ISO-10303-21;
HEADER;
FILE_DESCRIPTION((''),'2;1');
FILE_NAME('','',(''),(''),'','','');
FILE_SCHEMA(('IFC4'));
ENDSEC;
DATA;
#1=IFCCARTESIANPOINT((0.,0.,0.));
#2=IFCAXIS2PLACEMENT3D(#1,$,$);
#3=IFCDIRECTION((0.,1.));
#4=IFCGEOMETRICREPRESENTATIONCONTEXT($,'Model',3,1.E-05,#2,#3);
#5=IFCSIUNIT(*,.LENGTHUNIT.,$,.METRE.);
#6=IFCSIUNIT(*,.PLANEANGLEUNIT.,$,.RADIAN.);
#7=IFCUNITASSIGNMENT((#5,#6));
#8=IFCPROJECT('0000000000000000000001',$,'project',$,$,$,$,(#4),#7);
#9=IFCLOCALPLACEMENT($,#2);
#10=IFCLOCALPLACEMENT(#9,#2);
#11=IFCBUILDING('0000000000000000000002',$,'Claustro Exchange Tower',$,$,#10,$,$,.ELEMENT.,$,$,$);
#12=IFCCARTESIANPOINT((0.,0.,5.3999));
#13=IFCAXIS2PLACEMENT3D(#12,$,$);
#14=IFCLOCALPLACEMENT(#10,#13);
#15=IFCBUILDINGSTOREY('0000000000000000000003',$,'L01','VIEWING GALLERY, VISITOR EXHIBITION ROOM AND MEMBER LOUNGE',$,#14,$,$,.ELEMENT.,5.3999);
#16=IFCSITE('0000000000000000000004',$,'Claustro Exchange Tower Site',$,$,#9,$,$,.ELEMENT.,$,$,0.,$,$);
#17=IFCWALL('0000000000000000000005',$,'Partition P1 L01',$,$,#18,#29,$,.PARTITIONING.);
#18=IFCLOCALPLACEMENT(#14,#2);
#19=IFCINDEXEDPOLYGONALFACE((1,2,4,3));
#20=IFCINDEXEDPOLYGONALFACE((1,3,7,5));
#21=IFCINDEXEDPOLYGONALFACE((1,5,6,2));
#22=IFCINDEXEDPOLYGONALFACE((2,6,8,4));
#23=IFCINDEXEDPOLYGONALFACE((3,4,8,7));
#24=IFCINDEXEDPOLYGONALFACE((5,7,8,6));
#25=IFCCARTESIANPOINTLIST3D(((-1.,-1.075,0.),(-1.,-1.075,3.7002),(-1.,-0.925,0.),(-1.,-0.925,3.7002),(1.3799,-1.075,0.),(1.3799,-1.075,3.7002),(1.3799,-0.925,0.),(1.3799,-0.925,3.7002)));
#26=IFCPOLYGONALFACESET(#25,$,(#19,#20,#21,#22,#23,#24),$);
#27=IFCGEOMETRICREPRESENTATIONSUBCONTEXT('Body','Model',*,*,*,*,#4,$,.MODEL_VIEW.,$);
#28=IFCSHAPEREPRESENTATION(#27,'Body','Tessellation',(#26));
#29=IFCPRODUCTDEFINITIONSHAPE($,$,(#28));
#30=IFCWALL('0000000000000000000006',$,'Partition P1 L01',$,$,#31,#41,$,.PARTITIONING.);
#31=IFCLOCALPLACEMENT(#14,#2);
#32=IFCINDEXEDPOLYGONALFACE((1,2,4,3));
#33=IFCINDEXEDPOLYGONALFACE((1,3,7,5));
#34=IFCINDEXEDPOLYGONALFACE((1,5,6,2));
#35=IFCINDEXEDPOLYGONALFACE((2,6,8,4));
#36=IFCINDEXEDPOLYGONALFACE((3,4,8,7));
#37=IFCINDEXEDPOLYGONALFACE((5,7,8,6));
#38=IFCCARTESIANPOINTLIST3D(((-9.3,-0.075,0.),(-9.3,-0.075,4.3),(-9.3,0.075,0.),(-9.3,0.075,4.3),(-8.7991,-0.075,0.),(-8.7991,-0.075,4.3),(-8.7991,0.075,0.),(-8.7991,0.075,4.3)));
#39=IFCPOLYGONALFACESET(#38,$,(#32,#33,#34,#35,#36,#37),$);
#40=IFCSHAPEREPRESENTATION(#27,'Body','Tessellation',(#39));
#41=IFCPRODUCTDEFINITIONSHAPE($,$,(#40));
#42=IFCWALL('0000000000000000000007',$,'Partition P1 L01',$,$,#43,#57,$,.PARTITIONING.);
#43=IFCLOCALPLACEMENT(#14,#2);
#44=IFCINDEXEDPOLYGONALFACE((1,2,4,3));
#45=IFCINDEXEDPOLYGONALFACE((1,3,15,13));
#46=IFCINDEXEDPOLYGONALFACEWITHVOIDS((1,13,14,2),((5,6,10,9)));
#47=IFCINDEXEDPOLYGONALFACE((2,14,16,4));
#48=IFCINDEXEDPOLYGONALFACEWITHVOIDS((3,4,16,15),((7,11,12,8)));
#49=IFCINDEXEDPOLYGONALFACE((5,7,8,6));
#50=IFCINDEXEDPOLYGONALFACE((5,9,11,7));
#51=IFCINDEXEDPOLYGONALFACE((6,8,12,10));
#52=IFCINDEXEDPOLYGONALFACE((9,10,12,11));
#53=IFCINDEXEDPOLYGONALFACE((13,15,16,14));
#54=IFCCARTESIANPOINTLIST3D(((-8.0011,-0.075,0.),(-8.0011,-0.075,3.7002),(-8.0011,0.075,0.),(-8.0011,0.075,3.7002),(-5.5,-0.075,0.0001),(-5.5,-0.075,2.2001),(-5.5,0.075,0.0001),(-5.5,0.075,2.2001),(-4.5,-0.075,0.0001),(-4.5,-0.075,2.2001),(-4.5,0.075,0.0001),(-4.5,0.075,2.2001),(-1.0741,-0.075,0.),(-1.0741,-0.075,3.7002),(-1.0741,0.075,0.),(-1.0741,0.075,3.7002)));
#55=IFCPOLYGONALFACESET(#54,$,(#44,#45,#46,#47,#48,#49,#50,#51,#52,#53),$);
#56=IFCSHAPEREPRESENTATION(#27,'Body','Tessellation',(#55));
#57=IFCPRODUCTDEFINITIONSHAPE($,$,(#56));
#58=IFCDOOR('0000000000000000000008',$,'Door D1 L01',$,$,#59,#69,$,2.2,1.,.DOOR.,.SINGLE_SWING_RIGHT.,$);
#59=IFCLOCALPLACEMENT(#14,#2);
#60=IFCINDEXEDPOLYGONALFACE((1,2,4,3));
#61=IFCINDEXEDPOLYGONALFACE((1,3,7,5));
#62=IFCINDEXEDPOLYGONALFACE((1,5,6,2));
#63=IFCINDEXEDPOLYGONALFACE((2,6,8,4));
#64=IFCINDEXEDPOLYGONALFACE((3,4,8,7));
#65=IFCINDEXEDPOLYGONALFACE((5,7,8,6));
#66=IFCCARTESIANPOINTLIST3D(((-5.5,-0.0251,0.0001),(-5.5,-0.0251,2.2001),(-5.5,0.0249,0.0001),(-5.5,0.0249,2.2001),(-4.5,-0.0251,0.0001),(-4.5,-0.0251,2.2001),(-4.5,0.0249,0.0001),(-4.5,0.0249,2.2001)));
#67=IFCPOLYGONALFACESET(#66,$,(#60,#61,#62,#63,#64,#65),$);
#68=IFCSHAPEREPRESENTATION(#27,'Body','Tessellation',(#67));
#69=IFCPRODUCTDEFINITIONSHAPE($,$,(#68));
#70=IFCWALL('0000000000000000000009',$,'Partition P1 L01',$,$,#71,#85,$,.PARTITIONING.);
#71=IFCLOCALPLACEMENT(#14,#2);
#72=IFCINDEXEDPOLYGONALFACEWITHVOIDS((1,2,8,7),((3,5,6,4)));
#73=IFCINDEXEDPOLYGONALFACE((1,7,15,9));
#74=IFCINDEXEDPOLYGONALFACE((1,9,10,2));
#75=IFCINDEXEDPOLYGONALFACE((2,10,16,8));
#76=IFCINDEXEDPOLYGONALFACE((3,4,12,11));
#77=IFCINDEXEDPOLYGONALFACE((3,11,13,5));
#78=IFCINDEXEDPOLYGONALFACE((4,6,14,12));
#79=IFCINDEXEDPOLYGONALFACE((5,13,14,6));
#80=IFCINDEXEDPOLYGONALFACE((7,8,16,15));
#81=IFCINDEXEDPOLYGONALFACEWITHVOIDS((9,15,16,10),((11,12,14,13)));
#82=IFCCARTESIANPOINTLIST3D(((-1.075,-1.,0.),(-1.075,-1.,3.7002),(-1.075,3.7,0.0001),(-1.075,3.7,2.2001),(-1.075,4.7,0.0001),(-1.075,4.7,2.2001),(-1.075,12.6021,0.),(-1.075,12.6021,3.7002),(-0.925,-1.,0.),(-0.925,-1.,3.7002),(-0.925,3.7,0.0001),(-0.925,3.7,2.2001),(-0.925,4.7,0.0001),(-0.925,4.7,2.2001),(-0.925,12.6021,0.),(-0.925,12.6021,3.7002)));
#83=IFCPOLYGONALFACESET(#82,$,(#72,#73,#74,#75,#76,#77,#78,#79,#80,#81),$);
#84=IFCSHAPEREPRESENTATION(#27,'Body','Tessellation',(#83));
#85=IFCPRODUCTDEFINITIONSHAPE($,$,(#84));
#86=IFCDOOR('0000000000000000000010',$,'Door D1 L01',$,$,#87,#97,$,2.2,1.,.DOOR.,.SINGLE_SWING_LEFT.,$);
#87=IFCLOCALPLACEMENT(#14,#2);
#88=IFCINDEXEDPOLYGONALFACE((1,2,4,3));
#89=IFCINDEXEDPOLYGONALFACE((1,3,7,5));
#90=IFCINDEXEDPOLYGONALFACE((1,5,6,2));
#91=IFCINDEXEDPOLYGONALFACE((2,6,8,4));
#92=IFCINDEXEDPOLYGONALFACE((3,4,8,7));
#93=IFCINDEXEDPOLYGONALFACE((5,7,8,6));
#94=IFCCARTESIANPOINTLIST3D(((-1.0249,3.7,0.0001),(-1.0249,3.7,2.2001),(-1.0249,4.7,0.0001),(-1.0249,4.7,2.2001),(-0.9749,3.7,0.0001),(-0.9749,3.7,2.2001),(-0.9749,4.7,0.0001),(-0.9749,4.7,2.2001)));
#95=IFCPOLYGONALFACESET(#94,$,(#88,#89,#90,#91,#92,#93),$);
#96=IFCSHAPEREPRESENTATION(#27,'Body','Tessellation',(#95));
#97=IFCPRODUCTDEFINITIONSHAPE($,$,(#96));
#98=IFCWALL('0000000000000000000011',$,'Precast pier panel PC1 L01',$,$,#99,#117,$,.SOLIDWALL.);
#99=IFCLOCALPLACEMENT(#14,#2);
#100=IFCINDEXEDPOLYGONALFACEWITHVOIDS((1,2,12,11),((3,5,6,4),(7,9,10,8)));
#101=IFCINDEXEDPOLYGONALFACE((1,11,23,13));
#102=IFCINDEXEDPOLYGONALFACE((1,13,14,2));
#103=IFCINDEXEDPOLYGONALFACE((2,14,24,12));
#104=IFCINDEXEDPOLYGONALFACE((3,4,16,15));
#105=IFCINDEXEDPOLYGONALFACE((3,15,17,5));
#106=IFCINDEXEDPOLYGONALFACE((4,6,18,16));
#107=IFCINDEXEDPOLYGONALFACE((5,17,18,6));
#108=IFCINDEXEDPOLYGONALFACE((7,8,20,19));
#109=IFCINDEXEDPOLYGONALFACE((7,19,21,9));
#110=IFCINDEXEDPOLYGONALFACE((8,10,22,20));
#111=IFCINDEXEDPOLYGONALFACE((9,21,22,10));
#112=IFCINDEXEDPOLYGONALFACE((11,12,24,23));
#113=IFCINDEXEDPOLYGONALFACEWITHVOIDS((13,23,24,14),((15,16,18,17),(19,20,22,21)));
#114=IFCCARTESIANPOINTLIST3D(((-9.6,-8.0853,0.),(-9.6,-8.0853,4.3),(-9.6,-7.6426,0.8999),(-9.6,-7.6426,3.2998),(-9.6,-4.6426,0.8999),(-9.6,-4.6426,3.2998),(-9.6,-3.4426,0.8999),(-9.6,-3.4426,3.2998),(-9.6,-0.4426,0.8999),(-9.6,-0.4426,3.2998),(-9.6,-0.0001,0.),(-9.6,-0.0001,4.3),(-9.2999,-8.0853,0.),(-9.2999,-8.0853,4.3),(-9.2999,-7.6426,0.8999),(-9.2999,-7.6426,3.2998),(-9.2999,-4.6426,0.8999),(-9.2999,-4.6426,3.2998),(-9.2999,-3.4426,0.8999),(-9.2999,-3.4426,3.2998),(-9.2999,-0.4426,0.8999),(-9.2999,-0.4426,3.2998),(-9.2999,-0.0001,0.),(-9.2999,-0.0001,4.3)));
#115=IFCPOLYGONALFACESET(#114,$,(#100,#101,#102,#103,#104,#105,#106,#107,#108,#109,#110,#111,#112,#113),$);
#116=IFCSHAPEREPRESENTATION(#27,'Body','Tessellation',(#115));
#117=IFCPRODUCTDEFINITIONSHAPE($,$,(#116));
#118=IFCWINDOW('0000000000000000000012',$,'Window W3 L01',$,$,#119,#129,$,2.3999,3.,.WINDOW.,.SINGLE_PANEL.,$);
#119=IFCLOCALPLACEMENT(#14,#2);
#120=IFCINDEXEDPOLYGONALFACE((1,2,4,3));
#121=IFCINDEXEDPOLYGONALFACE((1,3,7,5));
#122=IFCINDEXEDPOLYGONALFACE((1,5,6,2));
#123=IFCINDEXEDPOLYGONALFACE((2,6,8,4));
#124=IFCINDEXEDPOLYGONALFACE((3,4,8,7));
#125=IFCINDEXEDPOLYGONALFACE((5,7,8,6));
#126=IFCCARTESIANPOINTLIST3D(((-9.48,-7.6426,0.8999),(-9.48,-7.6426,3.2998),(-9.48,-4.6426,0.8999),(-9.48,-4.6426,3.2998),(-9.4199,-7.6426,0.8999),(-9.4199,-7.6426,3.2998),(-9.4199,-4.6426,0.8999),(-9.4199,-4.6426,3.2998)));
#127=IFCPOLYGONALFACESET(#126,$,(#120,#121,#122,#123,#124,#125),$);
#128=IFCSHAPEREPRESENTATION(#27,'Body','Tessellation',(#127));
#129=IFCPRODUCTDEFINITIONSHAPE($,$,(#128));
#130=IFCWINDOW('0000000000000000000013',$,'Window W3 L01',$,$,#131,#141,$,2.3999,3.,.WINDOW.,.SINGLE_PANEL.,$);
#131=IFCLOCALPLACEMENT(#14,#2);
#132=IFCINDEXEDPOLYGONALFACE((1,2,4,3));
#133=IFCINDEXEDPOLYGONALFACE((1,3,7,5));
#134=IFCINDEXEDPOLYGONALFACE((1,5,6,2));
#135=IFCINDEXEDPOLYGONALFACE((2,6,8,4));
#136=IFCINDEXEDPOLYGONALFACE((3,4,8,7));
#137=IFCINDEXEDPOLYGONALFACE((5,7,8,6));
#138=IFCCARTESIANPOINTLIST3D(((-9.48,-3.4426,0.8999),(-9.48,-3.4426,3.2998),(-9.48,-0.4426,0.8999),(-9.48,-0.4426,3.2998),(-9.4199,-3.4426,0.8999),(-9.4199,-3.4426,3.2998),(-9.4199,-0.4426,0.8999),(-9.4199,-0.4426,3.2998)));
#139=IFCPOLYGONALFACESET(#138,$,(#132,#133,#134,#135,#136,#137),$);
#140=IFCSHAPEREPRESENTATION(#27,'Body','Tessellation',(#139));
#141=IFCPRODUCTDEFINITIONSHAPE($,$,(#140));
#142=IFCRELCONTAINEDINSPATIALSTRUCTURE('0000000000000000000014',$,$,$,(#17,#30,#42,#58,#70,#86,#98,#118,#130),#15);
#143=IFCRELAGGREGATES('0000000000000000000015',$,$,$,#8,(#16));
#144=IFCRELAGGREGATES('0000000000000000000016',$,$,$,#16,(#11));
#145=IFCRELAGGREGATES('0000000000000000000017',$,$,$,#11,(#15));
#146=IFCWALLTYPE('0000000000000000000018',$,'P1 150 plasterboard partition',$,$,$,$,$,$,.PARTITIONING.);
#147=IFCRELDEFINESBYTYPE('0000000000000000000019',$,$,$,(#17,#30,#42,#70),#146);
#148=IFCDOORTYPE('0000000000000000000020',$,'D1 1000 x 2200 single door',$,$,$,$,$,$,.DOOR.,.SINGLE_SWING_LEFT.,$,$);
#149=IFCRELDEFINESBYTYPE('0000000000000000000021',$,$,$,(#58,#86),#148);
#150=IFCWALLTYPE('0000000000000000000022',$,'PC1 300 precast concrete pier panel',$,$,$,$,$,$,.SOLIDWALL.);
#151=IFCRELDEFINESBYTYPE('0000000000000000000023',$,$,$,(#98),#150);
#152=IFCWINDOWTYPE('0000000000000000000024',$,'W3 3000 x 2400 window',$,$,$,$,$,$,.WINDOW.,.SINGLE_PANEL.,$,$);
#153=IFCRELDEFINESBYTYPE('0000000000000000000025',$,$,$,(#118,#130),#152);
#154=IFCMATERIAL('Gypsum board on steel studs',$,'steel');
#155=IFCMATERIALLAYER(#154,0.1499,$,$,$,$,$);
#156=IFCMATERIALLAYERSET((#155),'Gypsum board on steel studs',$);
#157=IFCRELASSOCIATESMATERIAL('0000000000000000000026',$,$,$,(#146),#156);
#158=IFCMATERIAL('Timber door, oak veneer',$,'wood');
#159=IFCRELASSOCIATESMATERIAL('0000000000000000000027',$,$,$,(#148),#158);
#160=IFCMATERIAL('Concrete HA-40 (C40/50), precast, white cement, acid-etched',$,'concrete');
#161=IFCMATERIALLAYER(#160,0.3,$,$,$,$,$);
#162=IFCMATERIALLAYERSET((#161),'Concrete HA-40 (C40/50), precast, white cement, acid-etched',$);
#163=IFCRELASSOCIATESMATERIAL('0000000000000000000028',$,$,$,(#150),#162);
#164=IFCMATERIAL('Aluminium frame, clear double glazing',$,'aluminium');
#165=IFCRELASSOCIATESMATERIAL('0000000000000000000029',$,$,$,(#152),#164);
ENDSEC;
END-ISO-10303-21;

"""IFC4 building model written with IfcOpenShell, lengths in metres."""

from ifc_helpers import new_model, si_unit, direction, frame, frame_2d, origin, place, context, subcontext, project, spatial, rectangle, extrude, material, layer, layer_set, type_object, element, fill, save


model = new_model("IFC4")

# Units and contexts
model_context = context("Model", 3, precision=1e-05, world=origin(), true_north=direction((0.0, 1.0)))
body_context = subcontext(model_context, "Body", "Model", "MODEL_VIEW")
ifc_project = project(units=[si_unit("LENGTHUNIT", "METRE"), si_unit("PLANEANGLEUNIT", "RADIAN")], contexts=[model_context])

# Site, building, storey
site_placement = place(None, origin())
site = spatial("IfcSite", under=ifc_project, at=site_placement, Name="Claustro Exchange Tower Site", CompositionType="ELEMENT", RefElevation=0.0)
building_placement = place(site_placement, origin())
building = spatial("IfcBuilding", under=site, at=building_placement, Name="Claustro Exchange Tower", CompositionType="ELEMENT")
storey_placement = place(building_placement, frame((0.0, 0.0, 5.3999)))
storey = spatial("IfcBuildingStorey", under=building, at=storey_placement, Name="L01", Description="VIEWING GALLERY, VISITOR EXHIBITION ROOM AND MEMBER LOUNGE", CompositionType="ELEMENT", Elevation=5.3999)

# Walls
ifc_material_1 = material(Name="Gypsum board on steel studs", Category="steel")
ifc_layer_1 = layer(ifc_material_1, 0.1499)
ifc_layer_set_1 = layer_set([ifc_layer_1], Name="Gypsum board on steel studs")
wall_type_1 = type_object("IfcWallType", Name="P1 150 plasterboard partition", PredefinedType="PARTITIONING", material=ifc_layer_set_1)
wall_1_placement = place(storey_placement, frame((-1.0, -1.0, 0.0), z_axis=(0.0, 0.0, 1.0), x_axis=(1.0, 0.0, 0.0)))
element("IfcWall", 1, at=wall_1_placement, inside=storey, type_object=wall_type_1, Name="Partition P1 L01", PredefinedType="PARTITIONING", context=body_context, shape_type="SweptSolid", body=[
    extrude(rectangle(XDim=2.3799, YDim=0.1499, at=frame_2d((1.1899, 0.0))), origin(), (0.0, 0.0, 1.0), 3.7002),
])
wall_2_placement = place(storey_placement, frame((-9.3, 0.0, 0.0), z_axis=(0.0, 0.0, 1.0), x_axis=(1.0, 0.0, 0.0)))
element("IfcWall", 2, at=wall_2_placement, inside=storey, type_object=wall_type_1, Name="Partition P1 L01", PredefinedType="PARTITIONING", context=body_context, shape_type="SweptSolid", body=[
    extrude(rectangle(XDim=0.501, YDim=0.1499, at=frame_2d((0.2505, 0.0))), origin(), (0.0, 0.0, 1.0), 4.3),
])

# Walls, openings, doors
wall_3_placement = place(storey_placement, frame((-8.001, 0.0, 0.0), z_axis=(0.0, 0.0, 1.0), x_axis=(1.0, 0.0, 0.0)))
wall_3 = element("IfcWall", 3, at=wall_3_placement, inside=storey, type_object=wall_type_1, Name="Partition P1 L01", PredefinedType="PARTITIONING", context=body_context, shape_type="SweptSolid", body=[
    extrude(rectangle(XDim=6.927, YDim=0.1499, at=frame_2d((3.4634, 0.0))), origin(), (0.0, 0.0, 1.0), 3.7002),
])
opening_1_placement = place(wall_3_placement, frame((2.501, 0.0, 0.0)))
opening_1 = element("IfcOpeningElement", 4, at=opening_1_placement, cuts=wall_3, PredefinedType="OPENING", context=body_context, shape_type="SweptSolid", body=[
    extrude(rectangle(XDim=1.0, YDim=2.2, at=frame_2d((0.5, 1.1001))), frame((0.0, 0.085, 0.0), z_axis=(0.0, -1.0, 0.0), x_axis=(1.0, 0.0, 0.0)), (0.0, 0.0, 1.0), 0.1699),
])
ifc_material_2 = material(Name="Timber door, oak veneer", Category="wood")
door_type = type_object("IfcDoorType", Name="D1 1000 x 2200 single door", OperationType="SINGLE_SWING_LEFT", PredefinedType="DOOR", material=ifc_material_2)
door_1_placement = place(opening_1_placement, origin())
door_1 = element("IfcDoor", 5, at=door_1_placement, inside=storey, type_object=door_type, Name="Door D1 L01", OperationType="SINGLE_SWING_RIGHT", OverallHeight=2.2, OverallWidth=1.0, PredefinedType="DOOR", context=body_context, shape_type="SweptSolid", body=[
    extrude(rectangle(XDim=1.0, YDim=2.2, at=frame_2d((0.5, 1.1001))), frame((0.0, 0.0249, 0.0), z_axis=(0.0, -1.0, 0.0), x_axis=(1.0, 0.0, 0.0)), (0.0, 0.0, 1.0), 0.05),
])
fill(opening_1, door_1)
wall_4_placement = place(storey_placement, frame((-1.0, -1.0, 0.0), z_axis=(0.0, 0.0, 1.0), x_axis=(0.0, 1.0, 0.0)))
wall_4 = element("IfcWall", 6, at=wall_4_placement, inside=storey, type_object=wall_type_1, Name="Partition P1 L01", PredefinedType="PARTITIONING", context=body_context, shape_type="SweptSolid", body=[
    extrude(rectangle(XDim=13.6021, YDim=0.1499, at=frame_2d((6.801, 0.0))), origin(), (0.0, 0.0, 1.0), 3.7002),
])
opening_2_placement = place(wall_4_placement, frame((4.7, 0.0, 0.0)))
opening_2 = element("IfcOpeningElement", 7, at=opening_2_placement, cuts=wall_4, PredefinedType="OPENING", context=body_context, shape_type="SweptSolid", body=[
    extrude(rectangle(XDim=1.0, YDim=2.2, at=frame_2d((0.5, 1.1001))), frame((0.0, 0.085, 0.0), z_axis=(0.0, -1.0, 0.0), x_axis=(1.0, 0.0, 0.0)), (0.0, 0.0, 1.0), 0.1699),
])
door_2_placement = place(opening_2_placement, origin())
door_2 = element("IfcDoor", 8, at=door_2_placement, inside=storey, type_object=door_type, Name="Door D1 L01", OperationType="SINGLE_SWING_LEFT", OverallHeight=2.2, OverallWidth=1.0, PredefinedType="DOOR", context=body_context, shape_type="SweptSolid", body=[
    extrude(rectangle(XDim=1.0, YDim=2.2, at=frame_2d((0.5, 1.1001))), frame((0.0, 0.0249, 0.0), z_axis=(0.0, -1.0, 0.0), x_axis=(1.0, 0.0, 0.0)), (0.0, 0.0, 1.0), 0.05),
])
fill(opening_2, door_2)

# Wall, openings, windows
ifc_material_3 = material(Name="Concrete HA-40 (C40/50), precast, white cement, acid-etched", Category="concrete")
ifc_layer_2 = layer(ifc_material_3, 0.3)
ifc_layer_set_2 = layer_set([ifc_layer_2], Name="Concrete HA-40 (C40/50), precast, white cement, acid-etched")
wall_type_2 = type_object("IfcWallType", Name="PC1 300 precast concrete pier panel", PredefinedType="SOLIDWALL", material=ifc_layer_set_2)
wall_5_placement = place(storey_placement, frame((-9.45, -8.0852, 0.0), z_axis=(0.0, 0.0, 1.0), x_axis=(0.0, 1.0, 0.0)))
wall_5 = element("IfcWall", 9, at=wall_5_placement, inside=storey, type_object=wall_type_2, Name="Precast pier panel PC1 L01", PredefinedType="SOLIDWALL", context=body_context, shape_type="SweptSolid", body=[
    extrude(rectangle(XDim=8.0852, YDim=0.3, at=frame_2d((4.0425, 0.0))), origin(), (0.0, 0.0, 1.0), 4.3),
])
opening_3_placement = place(wall_5_placement, frame((0.4426, 0.0, 0.8999)))
opening_3 = element("IfcOpeningElement", 10, at=opening_3_placement, cuts=wall_5, PredefinedType="OPENING", context=body_context, shape_type="SweptSolid", body=[
    extrude(rectangle(XDim=3.0, YDim=2.3999, at=frame_2d((1.5, 1.2))), frame((0.0, 0.1599, 0.0), z_axis=(0.0, -1.0, 0.0), x_axis=(1.0, 0.0, 0.0)), (0.0, 0.0, 1.0), 0.3201),
])
opening_4_placement = place(wall_5_placement, frame((4.6426, 0.0, 0.8999)))
opening_4 = element("IfcOpeningElement", 11, at=opening_4_placement, cuts=wall_5, PredefinedType="OPENING", context=body_context, shape_type="SweptSolid", body=[
    extrude(rectangle(XDim=3.0, YDim=2.3999, at=frame_2d((1.5, 1.2))), frame((0.0, 0.1599, 0.0), z_axis=(0.0, -1.0, 0.0), x_axis=(1.0, 0.0, 0.0)), (0.0, 0.0, 1.0), 0.3201),
])
ifc_material_4 = material(Name="Aluminium frame, clear double glazing", Category="aluminium")
window_type = type_object("IfcWindowType", Name="W3 3000 x 2400 window", PartitioningType="SINGLE_PANEL", PredefinedType="WINDOW", material=ifc_material_4)
window_1_placement = place(opening_3_placement, origin())
window_1 = element("IfcWindow", 12, at=window_1_placement, inside=storey, type_object=window_type, Name="Window W3 L01", OverallHeight=2.3999, OverallWidth=3.0, PartitioningType="SINGLE_PANEL", PredefinedType="WINDOW", context=body_context, shape_type="SweptSolid", body=[
    extrude(rectangle(XDim=3.0, YDim=2.3999, at=frame_2d((1.5, 1.2))), frame((0.0, 0.03, 0.0), z_axis=(0.0, -1.0, 0.0), x_axis=(1.0, 0.0, 0.0)), (0.0, 0.0, 1.0), 0.0601),
])
fill(opening_3, window_1)
window_2_placement = place(opening_4_placement, origin())
window_2 = element("IfcWindow", 13, at=window_2_placement, inside=storey, type_object=window_type, Name="Window W3 L01", OverallHeight=2.3999, OverallWidth=3.0, PartitioningType="SINGLE_PANEL", PredefinedType="WINDOW", context=body_context, shape_type="SweptSolid", body=[
    extrude(rectangle(XDim=3.0, YDim=2.3999, at=frame_2d((1.5, 1.2))), frame((0.0, 0.03, 0.0), z_axis=(0.0, -1.0, 0.0), x_axis=(1.0, 0.0, 0.0)), (0.0, 0.0, 1.0), 0.0601),
])
fill(opening_4, window_2)

save(model, "model.ifc")
